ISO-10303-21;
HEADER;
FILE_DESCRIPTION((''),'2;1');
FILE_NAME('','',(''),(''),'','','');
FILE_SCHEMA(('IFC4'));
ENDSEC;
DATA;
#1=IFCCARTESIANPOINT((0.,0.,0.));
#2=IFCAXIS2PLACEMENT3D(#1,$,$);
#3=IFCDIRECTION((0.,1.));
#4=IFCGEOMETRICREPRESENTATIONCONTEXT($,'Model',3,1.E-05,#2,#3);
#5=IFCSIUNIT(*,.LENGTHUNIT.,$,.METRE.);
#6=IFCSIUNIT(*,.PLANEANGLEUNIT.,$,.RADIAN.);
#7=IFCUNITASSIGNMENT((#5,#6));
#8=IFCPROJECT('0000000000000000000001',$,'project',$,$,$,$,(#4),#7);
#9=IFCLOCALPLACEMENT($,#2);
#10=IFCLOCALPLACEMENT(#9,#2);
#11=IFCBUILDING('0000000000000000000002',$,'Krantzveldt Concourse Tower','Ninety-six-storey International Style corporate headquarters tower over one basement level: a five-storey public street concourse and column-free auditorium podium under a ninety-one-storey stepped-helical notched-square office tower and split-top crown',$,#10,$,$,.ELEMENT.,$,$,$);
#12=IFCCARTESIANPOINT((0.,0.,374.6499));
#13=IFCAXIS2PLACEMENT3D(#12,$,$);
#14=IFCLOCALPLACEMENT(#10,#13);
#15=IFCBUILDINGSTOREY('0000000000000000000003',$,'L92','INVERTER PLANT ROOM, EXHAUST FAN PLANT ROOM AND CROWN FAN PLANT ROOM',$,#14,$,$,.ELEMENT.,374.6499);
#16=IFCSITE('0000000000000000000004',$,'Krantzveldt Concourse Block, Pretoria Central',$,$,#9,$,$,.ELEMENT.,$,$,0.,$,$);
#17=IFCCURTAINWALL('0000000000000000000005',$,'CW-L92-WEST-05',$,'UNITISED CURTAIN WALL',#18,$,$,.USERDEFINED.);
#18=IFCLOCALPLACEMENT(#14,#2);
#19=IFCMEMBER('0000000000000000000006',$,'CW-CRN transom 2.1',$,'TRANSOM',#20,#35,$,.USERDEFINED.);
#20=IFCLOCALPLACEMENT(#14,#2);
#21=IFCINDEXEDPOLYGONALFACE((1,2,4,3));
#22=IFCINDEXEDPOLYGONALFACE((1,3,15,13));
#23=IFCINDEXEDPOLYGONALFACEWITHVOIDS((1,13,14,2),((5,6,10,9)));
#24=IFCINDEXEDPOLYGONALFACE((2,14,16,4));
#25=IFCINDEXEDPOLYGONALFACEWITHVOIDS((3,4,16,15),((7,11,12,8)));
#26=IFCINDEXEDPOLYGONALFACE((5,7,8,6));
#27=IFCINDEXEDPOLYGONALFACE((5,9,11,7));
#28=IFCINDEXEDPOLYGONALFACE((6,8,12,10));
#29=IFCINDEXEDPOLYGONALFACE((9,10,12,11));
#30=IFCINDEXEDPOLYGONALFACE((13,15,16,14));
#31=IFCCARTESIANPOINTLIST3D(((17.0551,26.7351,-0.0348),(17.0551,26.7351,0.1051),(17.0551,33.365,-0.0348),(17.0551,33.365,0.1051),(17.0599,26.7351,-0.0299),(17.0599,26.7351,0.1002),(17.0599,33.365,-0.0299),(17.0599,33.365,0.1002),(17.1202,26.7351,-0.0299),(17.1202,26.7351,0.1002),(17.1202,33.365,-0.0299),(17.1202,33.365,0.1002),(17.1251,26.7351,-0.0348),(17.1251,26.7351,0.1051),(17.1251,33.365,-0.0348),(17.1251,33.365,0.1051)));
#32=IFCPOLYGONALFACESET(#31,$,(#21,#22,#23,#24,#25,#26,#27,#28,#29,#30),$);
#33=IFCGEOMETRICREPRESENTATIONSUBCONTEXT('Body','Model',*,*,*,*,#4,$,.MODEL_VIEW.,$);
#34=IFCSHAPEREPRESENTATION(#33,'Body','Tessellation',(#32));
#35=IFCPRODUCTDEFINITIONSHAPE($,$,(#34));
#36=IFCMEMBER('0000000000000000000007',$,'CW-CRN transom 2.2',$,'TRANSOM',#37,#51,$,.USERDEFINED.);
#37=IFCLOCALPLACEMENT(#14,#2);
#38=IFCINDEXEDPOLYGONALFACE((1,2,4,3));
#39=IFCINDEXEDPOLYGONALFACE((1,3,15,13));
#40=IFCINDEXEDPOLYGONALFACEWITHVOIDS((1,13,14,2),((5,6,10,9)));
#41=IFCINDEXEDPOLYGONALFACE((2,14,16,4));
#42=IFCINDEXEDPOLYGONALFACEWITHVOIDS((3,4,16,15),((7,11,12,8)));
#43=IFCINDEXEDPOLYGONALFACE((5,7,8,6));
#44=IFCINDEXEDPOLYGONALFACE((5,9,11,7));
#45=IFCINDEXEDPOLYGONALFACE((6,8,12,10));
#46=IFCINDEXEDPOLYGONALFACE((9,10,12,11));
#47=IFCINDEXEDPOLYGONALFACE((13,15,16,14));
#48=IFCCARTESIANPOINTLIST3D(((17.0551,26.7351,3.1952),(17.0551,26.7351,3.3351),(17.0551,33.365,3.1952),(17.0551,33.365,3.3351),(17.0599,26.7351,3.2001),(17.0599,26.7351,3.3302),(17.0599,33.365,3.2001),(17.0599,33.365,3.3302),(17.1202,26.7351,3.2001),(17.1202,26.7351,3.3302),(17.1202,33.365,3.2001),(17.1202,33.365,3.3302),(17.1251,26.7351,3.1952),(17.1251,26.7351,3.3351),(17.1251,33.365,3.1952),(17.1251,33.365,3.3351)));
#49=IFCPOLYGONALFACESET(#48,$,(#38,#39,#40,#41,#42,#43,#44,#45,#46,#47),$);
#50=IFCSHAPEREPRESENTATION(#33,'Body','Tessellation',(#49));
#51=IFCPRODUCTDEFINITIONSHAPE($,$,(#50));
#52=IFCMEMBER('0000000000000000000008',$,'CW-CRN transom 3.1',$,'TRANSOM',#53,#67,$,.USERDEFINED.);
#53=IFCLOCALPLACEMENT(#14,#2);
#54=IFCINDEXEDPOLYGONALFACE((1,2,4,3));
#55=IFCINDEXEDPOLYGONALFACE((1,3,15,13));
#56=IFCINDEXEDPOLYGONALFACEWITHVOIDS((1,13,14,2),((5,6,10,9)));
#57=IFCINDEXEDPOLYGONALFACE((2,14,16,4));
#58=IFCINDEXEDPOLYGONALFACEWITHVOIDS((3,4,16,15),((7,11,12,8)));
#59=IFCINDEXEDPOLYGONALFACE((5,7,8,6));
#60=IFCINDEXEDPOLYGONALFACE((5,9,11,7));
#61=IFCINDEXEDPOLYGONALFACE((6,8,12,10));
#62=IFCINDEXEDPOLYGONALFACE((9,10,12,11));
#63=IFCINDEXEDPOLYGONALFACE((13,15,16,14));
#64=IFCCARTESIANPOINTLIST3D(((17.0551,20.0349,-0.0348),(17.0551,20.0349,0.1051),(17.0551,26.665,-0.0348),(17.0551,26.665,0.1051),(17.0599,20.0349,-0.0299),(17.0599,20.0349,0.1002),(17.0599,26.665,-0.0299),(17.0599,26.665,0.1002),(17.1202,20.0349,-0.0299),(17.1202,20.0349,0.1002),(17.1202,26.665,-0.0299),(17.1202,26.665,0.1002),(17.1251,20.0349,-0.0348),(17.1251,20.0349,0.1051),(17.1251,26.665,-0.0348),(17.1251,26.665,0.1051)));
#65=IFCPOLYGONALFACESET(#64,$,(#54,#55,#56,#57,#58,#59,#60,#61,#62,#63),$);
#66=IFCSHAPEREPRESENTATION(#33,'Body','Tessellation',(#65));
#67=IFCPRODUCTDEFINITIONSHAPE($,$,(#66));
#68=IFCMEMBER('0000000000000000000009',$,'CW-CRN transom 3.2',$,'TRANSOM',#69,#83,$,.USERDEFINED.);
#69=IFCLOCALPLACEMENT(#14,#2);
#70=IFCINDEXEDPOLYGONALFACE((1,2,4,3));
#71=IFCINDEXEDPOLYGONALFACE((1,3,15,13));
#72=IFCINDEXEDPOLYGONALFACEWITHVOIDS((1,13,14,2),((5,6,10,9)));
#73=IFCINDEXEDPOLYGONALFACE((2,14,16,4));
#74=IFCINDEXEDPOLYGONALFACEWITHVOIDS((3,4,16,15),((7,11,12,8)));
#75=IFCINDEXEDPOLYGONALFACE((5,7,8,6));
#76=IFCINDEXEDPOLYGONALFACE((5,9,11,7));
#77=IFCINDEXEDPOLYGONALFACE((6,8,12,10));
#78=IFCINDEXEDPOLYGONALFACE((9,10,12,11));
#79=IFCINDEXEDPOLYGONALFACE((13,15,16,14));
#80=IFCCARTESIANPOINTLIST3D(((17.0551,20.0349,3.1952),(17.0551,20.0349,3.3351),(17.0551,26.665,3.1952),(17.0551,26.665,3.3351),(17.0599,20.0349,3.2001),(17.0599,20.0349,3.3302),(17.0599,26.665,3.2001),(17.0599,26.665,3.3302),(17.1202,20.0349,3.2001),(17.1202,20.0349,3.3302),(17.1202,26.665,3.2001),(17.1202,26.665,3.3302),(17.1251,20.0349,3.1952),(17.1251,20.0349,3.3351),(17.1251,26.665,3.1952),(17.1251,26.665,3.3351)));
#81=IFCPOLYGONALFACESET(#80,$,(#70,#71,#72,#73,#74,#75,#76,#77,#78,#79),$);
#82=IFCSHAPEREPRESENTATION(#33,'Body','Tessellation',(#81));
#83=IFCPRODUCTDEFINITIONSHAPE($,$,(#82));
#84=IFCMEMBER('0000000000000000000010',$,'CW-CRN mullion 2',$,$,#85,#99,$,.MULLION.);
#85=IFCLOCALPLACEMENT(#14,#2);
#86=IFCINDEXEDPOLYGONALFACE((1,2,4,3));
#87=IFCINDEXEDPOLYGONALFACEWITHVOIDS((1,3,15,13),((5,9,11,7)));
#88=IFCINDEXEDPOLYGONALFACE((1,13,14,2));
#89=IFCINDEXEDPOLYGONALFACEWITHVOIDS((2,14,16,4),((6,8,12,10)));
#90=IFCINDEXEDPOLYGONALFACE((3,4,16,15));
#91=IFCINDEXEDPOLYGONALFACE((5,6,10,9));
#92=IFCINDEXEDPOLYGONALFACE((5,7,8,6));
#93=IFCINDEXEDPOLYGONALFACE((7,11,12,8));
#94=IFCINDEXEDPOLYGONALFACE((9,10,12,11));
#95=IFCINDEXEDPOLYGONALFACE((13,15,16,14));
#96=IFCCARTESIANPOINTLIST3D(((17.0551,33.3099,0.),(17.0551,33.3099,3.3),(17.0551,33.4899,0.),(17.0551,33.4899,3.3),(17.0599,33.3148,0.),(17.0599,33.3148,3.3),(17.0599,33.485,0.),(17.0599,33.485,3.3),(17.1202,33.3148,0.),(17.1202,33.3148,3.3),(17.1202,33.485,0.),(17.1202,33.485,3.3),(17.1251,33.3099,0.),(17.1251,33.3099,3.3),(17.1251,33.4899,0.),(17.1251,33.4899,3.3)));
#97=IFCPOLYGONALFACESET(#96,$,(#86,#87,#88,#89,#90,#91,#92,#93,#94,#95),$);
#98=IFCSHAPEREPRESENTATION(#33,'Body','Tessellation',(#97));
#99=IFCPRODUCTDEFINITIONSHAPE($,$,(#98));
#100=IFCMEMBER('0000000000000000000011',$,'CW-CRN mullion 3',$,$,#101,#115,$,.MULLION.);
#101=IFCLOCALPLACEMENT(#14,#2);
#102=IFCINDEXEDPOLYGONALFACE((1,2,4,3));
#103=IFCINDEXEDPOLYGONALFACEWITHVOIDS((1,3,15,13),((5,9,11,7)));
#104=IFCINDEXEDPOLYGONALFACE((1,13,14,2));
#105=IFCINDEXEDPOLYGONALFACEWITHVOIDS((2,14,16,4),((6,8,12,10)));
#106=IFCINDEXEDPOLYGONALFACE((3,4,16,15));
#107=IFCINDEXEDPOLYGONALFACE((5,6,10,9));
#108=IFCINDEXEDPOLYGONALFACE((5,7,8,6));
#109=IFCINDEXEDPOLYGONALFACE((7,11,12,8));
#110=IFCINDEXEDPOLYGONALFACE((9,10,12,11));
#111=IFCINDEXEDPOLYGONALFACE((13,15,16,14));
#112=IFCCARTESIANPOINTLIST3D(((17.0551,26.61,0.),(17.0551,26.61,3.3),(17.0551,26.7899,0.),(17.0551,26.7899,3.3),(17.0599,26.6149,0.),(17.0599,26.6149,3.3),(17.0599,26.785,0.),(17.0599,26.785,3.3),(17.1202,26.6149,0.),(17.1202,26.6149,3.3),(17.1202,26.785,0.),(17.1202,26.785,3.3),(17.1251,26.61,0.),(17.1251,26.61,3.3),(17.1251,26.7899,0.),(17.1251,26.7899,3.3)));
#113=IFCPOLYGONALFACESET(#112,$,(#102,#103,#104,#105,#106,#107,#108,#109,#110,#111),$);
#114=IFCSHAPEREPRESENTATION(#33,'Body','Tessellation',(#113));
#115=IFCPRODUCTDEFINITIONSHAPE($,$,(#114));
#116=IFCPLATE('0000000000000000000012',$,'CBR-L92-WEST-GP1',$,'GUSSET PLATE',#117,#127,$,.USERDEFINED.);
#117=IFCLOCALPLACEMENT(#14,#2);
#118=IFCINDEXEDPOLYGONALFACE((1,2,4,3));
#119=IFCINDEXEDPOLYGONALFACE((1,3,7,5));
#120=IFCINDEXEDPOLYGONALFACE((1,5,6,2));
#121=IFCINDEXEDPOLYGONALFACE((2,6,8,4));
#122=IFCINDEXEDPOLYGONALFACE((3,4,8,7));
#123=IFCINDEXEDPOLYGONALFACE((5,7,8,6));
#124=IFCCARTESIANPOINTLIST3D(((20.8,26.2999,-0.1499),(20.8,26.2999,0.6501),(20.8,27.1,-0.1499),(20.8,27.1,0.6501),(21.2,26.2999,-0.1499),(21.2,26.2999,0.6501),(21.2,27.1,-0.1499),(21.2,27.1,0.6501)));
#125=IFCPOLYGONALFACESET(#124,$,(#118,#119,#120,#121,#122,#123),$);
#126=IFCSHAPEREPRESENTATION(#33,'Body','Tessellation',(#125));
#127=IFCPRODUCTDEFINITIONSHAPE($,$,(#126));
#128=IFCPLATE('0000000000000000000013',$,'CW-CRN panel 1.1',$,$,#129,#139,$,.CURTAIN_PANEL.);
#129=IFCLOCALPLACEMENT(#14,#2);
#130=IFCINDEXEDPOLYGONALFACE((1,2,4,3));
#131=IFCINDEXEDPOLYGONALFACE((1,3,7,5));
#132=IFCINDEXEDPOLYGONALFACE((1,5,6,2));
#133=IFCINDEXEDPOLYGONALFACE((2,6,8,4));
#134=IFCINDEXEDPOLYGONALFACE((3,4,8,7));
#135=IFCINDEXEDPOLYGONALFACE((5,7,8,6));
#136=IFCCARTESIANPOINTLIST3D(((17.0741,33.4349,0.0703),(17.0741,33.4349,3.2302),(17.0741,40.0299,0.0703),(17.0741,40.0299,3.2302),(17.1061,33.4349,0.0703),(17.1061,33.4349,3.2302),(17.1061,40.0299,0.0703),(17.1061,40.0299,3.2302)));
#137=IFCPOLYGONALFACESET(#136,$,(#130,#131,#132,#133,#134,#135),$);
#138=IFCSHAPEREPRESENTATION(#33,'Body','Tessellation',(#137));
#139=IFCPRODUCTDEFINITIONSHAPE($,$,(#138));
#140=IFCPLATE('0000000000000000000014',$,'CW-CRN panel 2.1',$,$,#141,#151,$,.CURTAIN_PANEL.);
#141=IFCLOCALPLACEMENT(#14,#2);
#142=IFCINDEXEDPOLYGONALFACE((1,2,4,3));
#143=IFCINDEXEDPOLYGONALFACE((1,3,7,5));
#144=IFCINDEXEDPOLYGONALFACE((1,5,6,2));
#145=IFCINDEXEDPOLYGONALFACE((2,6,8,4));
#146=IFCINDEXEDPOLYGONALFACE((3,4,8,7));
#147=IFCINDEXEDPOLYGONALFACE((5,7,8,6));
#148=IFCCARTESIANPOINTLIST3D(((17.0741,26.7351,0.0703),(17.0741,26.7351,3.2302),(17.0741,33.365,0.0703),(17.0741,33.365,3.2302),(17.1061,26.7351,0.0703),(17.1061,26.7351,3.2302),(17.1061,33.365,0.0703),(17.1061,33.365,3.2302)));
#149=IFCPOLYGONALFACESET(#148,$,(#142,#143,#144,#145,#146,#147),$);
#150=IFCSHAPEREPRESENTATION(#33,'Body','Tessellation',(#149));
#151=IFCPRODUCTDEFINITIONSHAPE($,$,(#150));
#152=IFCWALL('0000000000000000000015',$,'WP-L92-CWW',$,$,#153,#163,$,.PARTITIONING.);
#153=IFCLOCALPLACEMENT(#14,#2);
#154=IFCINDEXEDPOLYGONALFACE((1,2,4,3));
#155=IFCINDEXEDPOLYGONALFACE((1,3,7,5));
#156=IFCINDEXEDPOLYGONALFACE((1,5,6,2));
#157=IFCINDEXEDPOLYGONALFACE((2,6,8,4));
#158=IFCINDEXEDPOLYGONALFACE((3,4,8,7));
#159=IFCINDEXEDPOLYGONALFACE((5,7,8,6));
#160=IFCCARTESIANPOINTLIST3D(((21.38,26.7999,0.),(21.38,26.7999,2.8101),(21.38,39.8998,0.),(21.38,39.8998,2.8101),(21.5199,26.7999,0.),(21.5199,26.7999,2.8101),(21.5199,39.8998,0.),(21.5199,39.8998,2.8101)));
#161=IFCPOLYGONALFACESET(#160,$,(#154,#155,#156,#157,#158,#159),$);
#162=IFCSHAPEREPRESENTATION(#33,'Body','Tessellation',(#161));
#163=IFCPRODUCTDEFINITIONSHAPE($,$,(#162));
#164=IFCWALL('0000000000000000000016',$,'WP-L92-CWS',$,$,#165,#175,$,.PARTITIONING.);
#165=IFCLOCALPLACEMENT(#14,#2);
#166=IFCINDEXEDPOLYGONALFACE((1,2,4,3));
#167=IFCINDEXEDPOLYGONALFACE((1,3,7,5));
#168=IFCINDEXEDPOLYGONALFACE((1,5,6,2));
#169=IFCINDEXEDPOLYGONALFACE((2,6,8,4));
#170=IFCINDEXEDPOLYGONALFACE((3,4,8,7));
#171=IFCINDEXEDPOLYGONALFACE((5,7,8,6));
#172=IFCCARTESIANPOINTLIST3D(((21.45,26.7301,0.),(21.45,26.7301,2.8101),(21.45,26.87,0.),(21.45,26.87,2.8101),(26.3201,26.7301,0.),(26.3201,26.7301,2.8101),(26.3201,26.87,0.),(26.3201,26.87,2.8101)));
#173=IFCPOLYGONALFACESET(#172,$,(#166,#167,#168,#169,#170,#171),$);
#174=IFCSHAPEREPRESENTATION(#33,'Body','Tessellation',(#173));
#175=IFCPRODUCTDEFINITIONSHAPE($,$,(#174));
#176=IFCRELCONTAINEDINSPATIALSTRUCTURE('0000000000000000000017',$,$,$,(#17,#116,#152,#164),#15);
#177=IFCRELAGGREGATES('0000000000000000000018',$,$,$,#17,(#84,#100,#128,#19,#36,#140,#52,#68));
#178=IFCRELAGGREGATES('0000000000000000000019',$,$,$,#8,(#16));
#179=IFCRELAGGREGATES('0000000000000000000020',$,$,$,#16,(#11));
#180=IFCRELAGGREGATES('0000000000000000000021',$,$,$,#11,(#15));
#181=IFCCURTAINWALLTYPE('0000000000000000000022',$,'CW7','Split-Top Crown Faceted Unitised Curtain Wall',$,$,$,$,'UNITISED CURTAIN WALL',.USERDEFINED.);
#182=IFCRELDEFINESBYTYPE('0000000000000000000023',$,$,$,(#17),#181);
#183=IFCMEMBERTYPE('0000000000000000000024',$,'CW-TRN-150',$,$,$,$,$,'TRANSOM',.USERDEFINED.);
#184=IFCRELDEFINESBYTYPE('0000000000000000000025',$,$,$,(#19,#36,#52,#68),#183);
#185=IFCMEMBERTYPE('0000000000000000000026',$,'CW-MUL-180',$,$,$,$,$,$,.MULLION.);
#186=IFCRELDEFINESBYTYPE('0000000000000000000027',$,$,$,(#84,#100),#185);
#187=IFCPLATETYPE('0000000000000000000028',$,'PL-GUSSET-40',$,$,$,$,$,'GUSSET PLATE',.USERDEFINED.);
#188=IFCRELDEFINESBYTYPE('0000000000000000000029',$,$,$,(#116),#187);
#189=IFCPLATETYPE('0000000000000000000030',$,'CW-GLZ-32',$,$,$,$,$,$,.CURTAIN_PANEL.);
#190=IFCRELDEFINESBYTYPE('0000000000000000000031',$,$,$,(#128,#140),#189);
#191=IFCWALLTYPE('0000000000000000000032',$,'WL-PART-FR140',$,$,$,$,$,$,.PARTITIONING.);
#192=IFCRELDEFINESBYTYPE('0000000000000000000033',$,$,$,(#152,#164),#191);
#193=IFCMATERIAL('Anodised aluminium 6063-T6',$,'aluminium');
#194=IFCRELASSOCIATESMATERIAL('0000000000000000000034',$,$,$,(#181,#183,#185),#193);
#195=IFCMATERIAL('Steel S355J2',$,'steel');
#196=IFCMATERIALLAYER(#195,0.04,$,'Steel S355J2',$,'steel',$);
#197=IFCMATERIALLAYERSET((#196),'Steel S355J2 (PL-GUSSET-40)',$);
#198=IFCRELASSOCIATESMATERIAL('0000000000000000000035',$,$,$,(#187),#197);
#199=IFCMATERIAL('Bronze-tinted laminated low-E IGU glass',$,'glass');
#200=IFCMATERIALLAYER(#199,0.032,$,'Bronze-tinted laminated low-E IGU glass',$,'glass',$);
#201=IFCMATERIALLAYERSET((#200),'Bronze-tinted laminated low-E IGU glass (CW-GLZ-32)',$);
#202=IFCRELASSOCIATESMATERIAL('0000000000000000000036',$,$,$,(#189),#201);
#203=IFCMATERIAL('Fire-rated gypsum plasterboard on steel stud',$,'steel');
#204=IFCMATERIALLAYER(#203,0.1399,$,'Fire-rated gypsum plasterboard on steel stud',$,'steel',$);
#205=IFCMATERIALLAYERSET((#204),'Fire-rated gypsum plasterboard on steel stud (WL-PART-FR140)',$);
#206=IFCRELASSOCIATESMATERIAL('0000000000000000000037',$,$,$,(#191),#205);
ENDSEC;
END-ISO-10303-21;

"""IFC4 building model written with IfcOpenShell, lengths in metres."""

from ifc_helpers import new_model, si_unit, direction, frame, frame_2d, origin, origin_2d, place, context, subcontext, project, spatial, rectangle, hollow_rectangle, extrude, source, transform, mapped, material, layer, layer_set, material_profile, profile_set, type_object, type_shapes, element, aggregate, save


model = new_model("IFC4")

# Units and contexts
model_context = context("Model", 3, precision=1e-05, world=origin(), true_north=direction((0.0, 1.0)))
body_context = subcontext(model_context, "Body", "Model", "MODEL_VIEW")
ifc_project = project(units=[si_unit("LENGTHUNIT", "METRE"), si_unit("PLANEANGLEUNIT", "RADIAN")], contexts=[model_context])

# Site, building, storey
site_placement = place(None, origin())
site = spatial("IfcSite", under=ifc_project, at=site_placement, Name="Krantzveldt Concourse Block, Pretoria Central", CompositionType="ELEMENT", RefElevation=0.0)
building_placement = place(site_placement, origin())
building = spatial("IfcBuilding", under=site, at=building_placement, Name="Krantzveldt Concourse Tower", Description="Ninety-six-storey International Style corporate headquarters tower over one basement level: a five-storey public street concourse and column-free auditorium podium under a ninety-one-storey stepped-helical notched-square office tower and split-top crown", CompositionType="ELEMENT")
storey_placement = place(building_placement, frame((0.0, 0.0, 374.6499)))
storey = spatial("IfcBuildingStorey", under=building, at=storey_placement, Name="L92", Description="INVERTER PLANT ROOM, EXHAUST FAN PLANT ROOM AND CROWN FAN PLANT ROOM", CompositionType="ELEMENT", Elevation=374.6499)

# Shared definitions
ifc_material_1 = material(Name="Steel S355J2", Category="steel")

# Curtain wall, members
ifc_material_2 = material(Name="Anodised aluminium 6063-T6", Category="aluminium")
curtain_wall_type = type_object("IfcCurtainWallType", Name="CW7", Description="Split-Top Crown Faceted Unitised Curtain Wall", ElementType="UNITISED CURTAIN WALL", PredefinedType="USERDEFINED", material=ifc_material_2)
curtain_wall_placement = place(storey_placement, origin())
curtain_wall = element("IfcCurtainWall", 1, at=curtain_wall_placement, inside=storey, type_object=curtain_wall_type, Name="CW-L92-WEST-05", ObjectType="UNITISED CURTAIN WALL", PredefinedType="USERDEFINED")
ifc_material_profile_1 = material_profile(ifc_material_2, hollow_rectangle(XDim=0.0701, YDim=0.1399, WallThickness=0.0049, at=origin_2d()), Name="Anodised aluminium 6063-T6", Category="aluminium")
ifc_profile_set_1 = profile_set([ifc_material_profile_1], Name="Anodised aluminium 6063-T6 - ALU-TRAN 140x70x5")
member_type_1 = type_object("IfcMemberType", Name="CW-TRN-150", ElementType="TRANSOM", PredefinedType="USERDEFINED", material=ifc_profile_set_1)
shared_shape_1 = source(origin(), body_context, "Body", "SweptSolid", [
    extrude(hollow_rectangle(XDim=0.0701, YDim=0.1399, WallThickness=0.0049, at=origin_2d()), origin(), (0.0, 0.0, 1.0), 6.6299),
])
member_1_placement = place(storey_placement, frame((17.0901, 33.365, 0.0352), z_axis=(0.0, -1.0, 0.0), x_axis=(1.0, 0.0, 0.0)))
member_1 = element("IfcMember", 2, at=member_1_placement, type_object=member_type_1, Name="CW-CRN transom 2.1", ObjectType="TRANSOM", PredefinedType="USERDEFINED", context=body_context, shape_type="MappedRepresentation", body=[
    mapped(shared_shape_1, transform((0.0, 0.0, 0.0), x_axis=(1.0, 0.0, 0.0), y_axis=(0.0, 1.0, 0.0), z_axis=(0.0, 0.0, 1.0), scale=1.0)),
])
member_2_placement = place(storey_placement, frame((17.0901, 33.365, 3.2651), z_axis=(0.0, -1.0, 0.0), x_axis=(1.0, 0.0, 0.0)))
member_2 = element("IfcMember", 3, at=member_2_placement, type_object=member_type_1, Name="CW-CRN transom 2.2", ObjectType="TRANSOM", PredefinedType="USERDEFINED", context=body_context, shape_type="MappedRepresentation", body=[
    mapped(shared_shape_1, transform((0.0, 0.0, 0.0), x_axis=(1.0, 0.0, 0.0), y_axis=(0.0, 1.0, 0.0), z_axis=(0.0, 0.0, 1.0), scale=1.0)),
])
shared_shape_2 = source(origin(), body_context, "Body", "SweptSolid", [
    extrude(hollow_rectangle(XDim=0.0701, YDim=0.1399, WallThickness=0.0049, at=origin_2d()), origin(), (0.0, 0.0, 1.0), 6.6301),
])
type_shapes(member_type_1, [shared_shape_1, shared_shape_2])
member_3_placement = place(storey_placement, frame((17.0901, 26.665, 0.0352), z_axis=(0.0, -1.0, 0.0), x_axis=(1.0, 0.0, 0.0)))
member_3 = element("IfcMember", 4, at=member_3_placement, type_object=member_type_1, Name="CW-CRN transom 3.1", ObjectType="TRANSOM", PredefinedType="USERDEFINED", context=body_context, shape_type="MappedRepresentation", body=[
    mapped(shared_shape_2, transform((0.0, 0.0, 0.0), x_axis=(1.0, 0.0, 0.0), y_axis=(0.0, 1.0, 0.0), z_axis=(0.0, 0.0, 1.0), scale=1.0)),
])
member_4_placement = place(storey_placement, frame((17.0901, 26.665, 3.2651), z_axis=(0.0, -1.0, 0.0), x_axis=(1.0, 0.0, 0.0)))
member_4 = element("IfcMember", 5, at=member_4_placement, type_object=member_type_1, Name="CW-CRN transom 3.2", ObjectType="TRANSOM", PredefinedType="USERDEFINED", context=body_context, shape_type="MappedRepresentation", body=[
    mapped(shared_shape_2, transform((0.0, 0.0, 0.0), x_axis=(1.0, 0.0, 0.0), y_axis=(0.0, 1.0, 0.0), z_axis=(0.0, 0.0, 1.0), scale=1.0)),
])
ifc_material_profile_2 = material_profile(ifc_material_2, hollow_rectangle(XDim=0.0701, YDim=0.1799, WallThickness=0.0049, at=origin_2d()), Name="Anodised aluminium 6063-T6", Category="aluminium")
ifc_profile_set_2 = profile_set([ifc_material_profile_2], Name="Anodised aluminium 6063-T6 - ALU-MULL 180x70x5")
member_type_2 = type_object("IfcMemberType", Name="CW-MUL-180", PredefinedType="MULLION", material=ifc_profile_set_2)
shared_shape_3 = source(origin(), body_context, "Body", "SweptSolid", [
    extrude(hollow_rectangle(XDim=0.0701, YDim=0.1799, WallThickness=0.0049, at=origin_2d()), origin(), (0.0, 0.0, 1.0), 3.3),
])
type_shapes(member_type_2, [shared_shape_3])
member_5_placement = place(storey_placement, frame((17.0901, 33.3999, 0.0), z_axis=(0.0, 0.0, 1.0), x_axis=(1.0, 0.0, 0.0)))
member_5 = element("IfcMember", 6, at=member_5_placement, type_object=member_type_2, Name="CW-CRN mullion 2", PredefinedType="MULLION", context=body_context, shape_type="MappedRepresentation", body=[
    mapped(shared_shape_3, transform((0.0, 0.0, 0.0), x_axis=(1.0, 0.0, 0.0), y_axis=(0.0, 1.0, 0.0), z_axis=(0.0, 0.0, 1.0), scale=1.0)),
])
member_6_placement = place(storey_placement, frame((17.0901, 26.7, 0.0), z_axis=(0.0, 0.0, 1.0), x_axis=(1.0, 0.0, 0.0)))
member_6 = element("IfcMember", 7, at=member_6_placement, type_object=member_type_2, Name="CW-CRN mullion 3", PredefinedType="MULLION", context=body_context, shape_type="MappedRepresentation", body=[
    mapped(shared_shape_3, transform((0.0, 0.0, 0.0), x_axis=(1.0, 0.0, 0.0), y_axis=(0.0, 1.0, 0.0), z_axis=(0.0, 0.0, 1.0), scale=1.0)),
])

# Plates
ifc_layer_1 = layer(ifc_material_1, 0.04, Name="Steel S355J2", Category="steel")
ifc_layer_set_1 = layer_set([ifc_layer_1], Name="Steel S355J2 (PL-GUSSET-40)")
plate_type_1 = type_object("IfcPlateType", Name="PL-GUSSET-40", ElementType="GUSSET PLATE", PredefinedType="USERDEFINED", material=ifc_layer_set_1)
shared_shape_4 = source(origin(), body_context, "Body", "SweptSolid", [
    extrude(rectangle(XDim=0.3999, YDim=0.8, at=origin_2d()), origin(), (0.0, 0.0, 1.0), 0.8),
])
type_shapes(plate_type_1, [shared_shape_4])
plate_1_placement = place(storey_placement, frame((21.0, 26.7, -0.1499), z_axis=(0.0, 0.0, 1.0), x_axis=(1.0, 0.0, 0.0)))
element("IfcPlate", 8, at=plate_1_placement, inside=storey, type_object=plate_type_1, Name="CBR-L92-WEST-GP1", ObjectType="GUSSET PLATE", PredefinedType="USERDEFINED", context=body_context, shape_type="MappedRepresentation", body=[
    mapped(shared_shape_4, transform((0.0, 0.0, 0.0), x_axis=(1.0, 0.0, 0.0), y_axis=(0.0, 1.0, 0.0), z_axis=(0.0, 0.0, 1.0), scale=1.0)),
])
ifc_material_3 = material(Name="Bronze-tinted laminated low-E IGU glass", Category="glass")
ifc_layer_2 = layer(ifc_material_3, 0.032, Name="Bronze-tinted laminated low-E IGU glass", Category="glass")
ifc_layer_set_2 = layer_set([ifc_layer_2], Name="Bronze-tinted laminated low-E IGU glass (CW-GLZ-32)")
plate_type_2 = type_object("IfcPlateType", Name="CW-GLZ-32", PredefinedType="CURTAIN_PANEL", material=ifc_layer_set_2)
shared_shape_5 = source(origin(), body_context, "Body", "SweptSolid", [
    extrude(rectangle(XDim=6.595, YDim=0.032, at=origin_2d()), origin(), (0.0, 0.0, 1.0), 3.1599),
])
plate_2_placement = place(storey_placement, frame((17.0901, 36.7324, 0.0703), z_axis=(0.0, 0.0, 1.0), x_axis=(0.0, -1.0, 0.0)))
plate_2 = element("IfcPlate", 9, at=plate_2_placement, type_object=plate_type_2, Name="CW-CRN panel 1.1", PredefinedType="CURTAIN_PANEL", context=body_context, shape_type="MappedRepresentation", body=[
    mapped(shared_shape_5, transform((0.0, 0.0, 0.0), x_axis=(1.0, 0.0, 0.0), y_axis=(0.0, 1.0, 0.0), z_axis=(0.0, 0.0, 1.0), scale=1.0)),
])
shared_shape_6 = source(origin(), body_context, "Body", "SweptSolid", [
    extrude(rectangle(XDim=6.6299, YDim=0.032, at=origin_2d()), origin(), (0.0, 0.0, 1.0), 3.1599),
])
type_shapes(plate_type_2, [shared_shape_5, shared_shape_6])
plate_3_placement = place(storey_placement, frame((17.0901, 30.05, 0.0703), z_axis=(0.0, 0.0, 1.0), x_axis=(0.0, -1.0, 0.0)))
plate_3 = element("IfcPlate", 10, at=plate_3_placement, type_object=plate_type_2, Name="CW-CRN panel 2.1", PredefinedType="CURTAIN_PANEL", context=body_context, shape_type="MappedRepresentation", body=[
    mapped(shared_shape_6, transform((0.0, 0.0, 0.0), x_axis=(1.0, 0.0, 0.0), y_axis=(0.0, 1.0, 0.0), z_axis=(0.0, 0.0, 1.0), scale=1.0)),
])
aggregate(curtain_wall, [member_5, member_6, plate_2, member_1, member_2, plate_3, member_3, member_4])

# Walls
ifc_material_4 = material(Name="Fire-rated gypsum plasterboard on steel stud", Category="steel")
ifc_layer_3 = layer(ifc_material_4, 0.1399, Name="Fire-rated gypsum plasterboard on steel stud", Category="steel")
ifc_layer_set_3 = layer_set([ifc_layer_3], Name="Fire-rated gypsum plasterboard on steel stud (WL-PART-FR140)")
wall_type = type_object("IfcWallType", Name="WL-PART-FR140", PredefinedType="PARTITIONING", material=ifc_layer_set_3)
wall_1_placement = place(storey_placement, frame((21.45, 26.8, 0.0), z_axis=(0.0, 0.0, 1.0), x_axis=(0.0, 1.0, 0.0)))
element("IfcWall", 11, at=wall_1_placement, inside=storey, type_object=wall_type, Name="WP-L92-CWW", PredefinedType="PARTITIONING", context=body_context, shape_type="SweptSolid", body=[
    extrude(rectangle(XDim=13.0999, YDim=0.1399, at=frame_2d((6.5498, 0.0))), origin(), (0.0, 0.0, 1.0), 2.8101),
])
wall_2_placement = place(storey_placement, frame((21.45, 26.8, 0.0), z_axis=(0.0, 0.0, 1.0), x_axis=(1.0, 0.0, 0.0)))
element("IfcWall", 12, at=wall_2_placement, inside=storey, type_object=wall_type, Name="WP-L92-CWS", PredefinedType="PARTITIONING", context=body_context, shape_type="SweptSolid", body=[
    extrude(rectangle(XDim=4.8701, YDim=0.1399, at=frame_2d((2.4351, 0.0))), origin(), (0.0, 0.0, 1.0), 2.8101),
])

save(model, "model.ifc")
